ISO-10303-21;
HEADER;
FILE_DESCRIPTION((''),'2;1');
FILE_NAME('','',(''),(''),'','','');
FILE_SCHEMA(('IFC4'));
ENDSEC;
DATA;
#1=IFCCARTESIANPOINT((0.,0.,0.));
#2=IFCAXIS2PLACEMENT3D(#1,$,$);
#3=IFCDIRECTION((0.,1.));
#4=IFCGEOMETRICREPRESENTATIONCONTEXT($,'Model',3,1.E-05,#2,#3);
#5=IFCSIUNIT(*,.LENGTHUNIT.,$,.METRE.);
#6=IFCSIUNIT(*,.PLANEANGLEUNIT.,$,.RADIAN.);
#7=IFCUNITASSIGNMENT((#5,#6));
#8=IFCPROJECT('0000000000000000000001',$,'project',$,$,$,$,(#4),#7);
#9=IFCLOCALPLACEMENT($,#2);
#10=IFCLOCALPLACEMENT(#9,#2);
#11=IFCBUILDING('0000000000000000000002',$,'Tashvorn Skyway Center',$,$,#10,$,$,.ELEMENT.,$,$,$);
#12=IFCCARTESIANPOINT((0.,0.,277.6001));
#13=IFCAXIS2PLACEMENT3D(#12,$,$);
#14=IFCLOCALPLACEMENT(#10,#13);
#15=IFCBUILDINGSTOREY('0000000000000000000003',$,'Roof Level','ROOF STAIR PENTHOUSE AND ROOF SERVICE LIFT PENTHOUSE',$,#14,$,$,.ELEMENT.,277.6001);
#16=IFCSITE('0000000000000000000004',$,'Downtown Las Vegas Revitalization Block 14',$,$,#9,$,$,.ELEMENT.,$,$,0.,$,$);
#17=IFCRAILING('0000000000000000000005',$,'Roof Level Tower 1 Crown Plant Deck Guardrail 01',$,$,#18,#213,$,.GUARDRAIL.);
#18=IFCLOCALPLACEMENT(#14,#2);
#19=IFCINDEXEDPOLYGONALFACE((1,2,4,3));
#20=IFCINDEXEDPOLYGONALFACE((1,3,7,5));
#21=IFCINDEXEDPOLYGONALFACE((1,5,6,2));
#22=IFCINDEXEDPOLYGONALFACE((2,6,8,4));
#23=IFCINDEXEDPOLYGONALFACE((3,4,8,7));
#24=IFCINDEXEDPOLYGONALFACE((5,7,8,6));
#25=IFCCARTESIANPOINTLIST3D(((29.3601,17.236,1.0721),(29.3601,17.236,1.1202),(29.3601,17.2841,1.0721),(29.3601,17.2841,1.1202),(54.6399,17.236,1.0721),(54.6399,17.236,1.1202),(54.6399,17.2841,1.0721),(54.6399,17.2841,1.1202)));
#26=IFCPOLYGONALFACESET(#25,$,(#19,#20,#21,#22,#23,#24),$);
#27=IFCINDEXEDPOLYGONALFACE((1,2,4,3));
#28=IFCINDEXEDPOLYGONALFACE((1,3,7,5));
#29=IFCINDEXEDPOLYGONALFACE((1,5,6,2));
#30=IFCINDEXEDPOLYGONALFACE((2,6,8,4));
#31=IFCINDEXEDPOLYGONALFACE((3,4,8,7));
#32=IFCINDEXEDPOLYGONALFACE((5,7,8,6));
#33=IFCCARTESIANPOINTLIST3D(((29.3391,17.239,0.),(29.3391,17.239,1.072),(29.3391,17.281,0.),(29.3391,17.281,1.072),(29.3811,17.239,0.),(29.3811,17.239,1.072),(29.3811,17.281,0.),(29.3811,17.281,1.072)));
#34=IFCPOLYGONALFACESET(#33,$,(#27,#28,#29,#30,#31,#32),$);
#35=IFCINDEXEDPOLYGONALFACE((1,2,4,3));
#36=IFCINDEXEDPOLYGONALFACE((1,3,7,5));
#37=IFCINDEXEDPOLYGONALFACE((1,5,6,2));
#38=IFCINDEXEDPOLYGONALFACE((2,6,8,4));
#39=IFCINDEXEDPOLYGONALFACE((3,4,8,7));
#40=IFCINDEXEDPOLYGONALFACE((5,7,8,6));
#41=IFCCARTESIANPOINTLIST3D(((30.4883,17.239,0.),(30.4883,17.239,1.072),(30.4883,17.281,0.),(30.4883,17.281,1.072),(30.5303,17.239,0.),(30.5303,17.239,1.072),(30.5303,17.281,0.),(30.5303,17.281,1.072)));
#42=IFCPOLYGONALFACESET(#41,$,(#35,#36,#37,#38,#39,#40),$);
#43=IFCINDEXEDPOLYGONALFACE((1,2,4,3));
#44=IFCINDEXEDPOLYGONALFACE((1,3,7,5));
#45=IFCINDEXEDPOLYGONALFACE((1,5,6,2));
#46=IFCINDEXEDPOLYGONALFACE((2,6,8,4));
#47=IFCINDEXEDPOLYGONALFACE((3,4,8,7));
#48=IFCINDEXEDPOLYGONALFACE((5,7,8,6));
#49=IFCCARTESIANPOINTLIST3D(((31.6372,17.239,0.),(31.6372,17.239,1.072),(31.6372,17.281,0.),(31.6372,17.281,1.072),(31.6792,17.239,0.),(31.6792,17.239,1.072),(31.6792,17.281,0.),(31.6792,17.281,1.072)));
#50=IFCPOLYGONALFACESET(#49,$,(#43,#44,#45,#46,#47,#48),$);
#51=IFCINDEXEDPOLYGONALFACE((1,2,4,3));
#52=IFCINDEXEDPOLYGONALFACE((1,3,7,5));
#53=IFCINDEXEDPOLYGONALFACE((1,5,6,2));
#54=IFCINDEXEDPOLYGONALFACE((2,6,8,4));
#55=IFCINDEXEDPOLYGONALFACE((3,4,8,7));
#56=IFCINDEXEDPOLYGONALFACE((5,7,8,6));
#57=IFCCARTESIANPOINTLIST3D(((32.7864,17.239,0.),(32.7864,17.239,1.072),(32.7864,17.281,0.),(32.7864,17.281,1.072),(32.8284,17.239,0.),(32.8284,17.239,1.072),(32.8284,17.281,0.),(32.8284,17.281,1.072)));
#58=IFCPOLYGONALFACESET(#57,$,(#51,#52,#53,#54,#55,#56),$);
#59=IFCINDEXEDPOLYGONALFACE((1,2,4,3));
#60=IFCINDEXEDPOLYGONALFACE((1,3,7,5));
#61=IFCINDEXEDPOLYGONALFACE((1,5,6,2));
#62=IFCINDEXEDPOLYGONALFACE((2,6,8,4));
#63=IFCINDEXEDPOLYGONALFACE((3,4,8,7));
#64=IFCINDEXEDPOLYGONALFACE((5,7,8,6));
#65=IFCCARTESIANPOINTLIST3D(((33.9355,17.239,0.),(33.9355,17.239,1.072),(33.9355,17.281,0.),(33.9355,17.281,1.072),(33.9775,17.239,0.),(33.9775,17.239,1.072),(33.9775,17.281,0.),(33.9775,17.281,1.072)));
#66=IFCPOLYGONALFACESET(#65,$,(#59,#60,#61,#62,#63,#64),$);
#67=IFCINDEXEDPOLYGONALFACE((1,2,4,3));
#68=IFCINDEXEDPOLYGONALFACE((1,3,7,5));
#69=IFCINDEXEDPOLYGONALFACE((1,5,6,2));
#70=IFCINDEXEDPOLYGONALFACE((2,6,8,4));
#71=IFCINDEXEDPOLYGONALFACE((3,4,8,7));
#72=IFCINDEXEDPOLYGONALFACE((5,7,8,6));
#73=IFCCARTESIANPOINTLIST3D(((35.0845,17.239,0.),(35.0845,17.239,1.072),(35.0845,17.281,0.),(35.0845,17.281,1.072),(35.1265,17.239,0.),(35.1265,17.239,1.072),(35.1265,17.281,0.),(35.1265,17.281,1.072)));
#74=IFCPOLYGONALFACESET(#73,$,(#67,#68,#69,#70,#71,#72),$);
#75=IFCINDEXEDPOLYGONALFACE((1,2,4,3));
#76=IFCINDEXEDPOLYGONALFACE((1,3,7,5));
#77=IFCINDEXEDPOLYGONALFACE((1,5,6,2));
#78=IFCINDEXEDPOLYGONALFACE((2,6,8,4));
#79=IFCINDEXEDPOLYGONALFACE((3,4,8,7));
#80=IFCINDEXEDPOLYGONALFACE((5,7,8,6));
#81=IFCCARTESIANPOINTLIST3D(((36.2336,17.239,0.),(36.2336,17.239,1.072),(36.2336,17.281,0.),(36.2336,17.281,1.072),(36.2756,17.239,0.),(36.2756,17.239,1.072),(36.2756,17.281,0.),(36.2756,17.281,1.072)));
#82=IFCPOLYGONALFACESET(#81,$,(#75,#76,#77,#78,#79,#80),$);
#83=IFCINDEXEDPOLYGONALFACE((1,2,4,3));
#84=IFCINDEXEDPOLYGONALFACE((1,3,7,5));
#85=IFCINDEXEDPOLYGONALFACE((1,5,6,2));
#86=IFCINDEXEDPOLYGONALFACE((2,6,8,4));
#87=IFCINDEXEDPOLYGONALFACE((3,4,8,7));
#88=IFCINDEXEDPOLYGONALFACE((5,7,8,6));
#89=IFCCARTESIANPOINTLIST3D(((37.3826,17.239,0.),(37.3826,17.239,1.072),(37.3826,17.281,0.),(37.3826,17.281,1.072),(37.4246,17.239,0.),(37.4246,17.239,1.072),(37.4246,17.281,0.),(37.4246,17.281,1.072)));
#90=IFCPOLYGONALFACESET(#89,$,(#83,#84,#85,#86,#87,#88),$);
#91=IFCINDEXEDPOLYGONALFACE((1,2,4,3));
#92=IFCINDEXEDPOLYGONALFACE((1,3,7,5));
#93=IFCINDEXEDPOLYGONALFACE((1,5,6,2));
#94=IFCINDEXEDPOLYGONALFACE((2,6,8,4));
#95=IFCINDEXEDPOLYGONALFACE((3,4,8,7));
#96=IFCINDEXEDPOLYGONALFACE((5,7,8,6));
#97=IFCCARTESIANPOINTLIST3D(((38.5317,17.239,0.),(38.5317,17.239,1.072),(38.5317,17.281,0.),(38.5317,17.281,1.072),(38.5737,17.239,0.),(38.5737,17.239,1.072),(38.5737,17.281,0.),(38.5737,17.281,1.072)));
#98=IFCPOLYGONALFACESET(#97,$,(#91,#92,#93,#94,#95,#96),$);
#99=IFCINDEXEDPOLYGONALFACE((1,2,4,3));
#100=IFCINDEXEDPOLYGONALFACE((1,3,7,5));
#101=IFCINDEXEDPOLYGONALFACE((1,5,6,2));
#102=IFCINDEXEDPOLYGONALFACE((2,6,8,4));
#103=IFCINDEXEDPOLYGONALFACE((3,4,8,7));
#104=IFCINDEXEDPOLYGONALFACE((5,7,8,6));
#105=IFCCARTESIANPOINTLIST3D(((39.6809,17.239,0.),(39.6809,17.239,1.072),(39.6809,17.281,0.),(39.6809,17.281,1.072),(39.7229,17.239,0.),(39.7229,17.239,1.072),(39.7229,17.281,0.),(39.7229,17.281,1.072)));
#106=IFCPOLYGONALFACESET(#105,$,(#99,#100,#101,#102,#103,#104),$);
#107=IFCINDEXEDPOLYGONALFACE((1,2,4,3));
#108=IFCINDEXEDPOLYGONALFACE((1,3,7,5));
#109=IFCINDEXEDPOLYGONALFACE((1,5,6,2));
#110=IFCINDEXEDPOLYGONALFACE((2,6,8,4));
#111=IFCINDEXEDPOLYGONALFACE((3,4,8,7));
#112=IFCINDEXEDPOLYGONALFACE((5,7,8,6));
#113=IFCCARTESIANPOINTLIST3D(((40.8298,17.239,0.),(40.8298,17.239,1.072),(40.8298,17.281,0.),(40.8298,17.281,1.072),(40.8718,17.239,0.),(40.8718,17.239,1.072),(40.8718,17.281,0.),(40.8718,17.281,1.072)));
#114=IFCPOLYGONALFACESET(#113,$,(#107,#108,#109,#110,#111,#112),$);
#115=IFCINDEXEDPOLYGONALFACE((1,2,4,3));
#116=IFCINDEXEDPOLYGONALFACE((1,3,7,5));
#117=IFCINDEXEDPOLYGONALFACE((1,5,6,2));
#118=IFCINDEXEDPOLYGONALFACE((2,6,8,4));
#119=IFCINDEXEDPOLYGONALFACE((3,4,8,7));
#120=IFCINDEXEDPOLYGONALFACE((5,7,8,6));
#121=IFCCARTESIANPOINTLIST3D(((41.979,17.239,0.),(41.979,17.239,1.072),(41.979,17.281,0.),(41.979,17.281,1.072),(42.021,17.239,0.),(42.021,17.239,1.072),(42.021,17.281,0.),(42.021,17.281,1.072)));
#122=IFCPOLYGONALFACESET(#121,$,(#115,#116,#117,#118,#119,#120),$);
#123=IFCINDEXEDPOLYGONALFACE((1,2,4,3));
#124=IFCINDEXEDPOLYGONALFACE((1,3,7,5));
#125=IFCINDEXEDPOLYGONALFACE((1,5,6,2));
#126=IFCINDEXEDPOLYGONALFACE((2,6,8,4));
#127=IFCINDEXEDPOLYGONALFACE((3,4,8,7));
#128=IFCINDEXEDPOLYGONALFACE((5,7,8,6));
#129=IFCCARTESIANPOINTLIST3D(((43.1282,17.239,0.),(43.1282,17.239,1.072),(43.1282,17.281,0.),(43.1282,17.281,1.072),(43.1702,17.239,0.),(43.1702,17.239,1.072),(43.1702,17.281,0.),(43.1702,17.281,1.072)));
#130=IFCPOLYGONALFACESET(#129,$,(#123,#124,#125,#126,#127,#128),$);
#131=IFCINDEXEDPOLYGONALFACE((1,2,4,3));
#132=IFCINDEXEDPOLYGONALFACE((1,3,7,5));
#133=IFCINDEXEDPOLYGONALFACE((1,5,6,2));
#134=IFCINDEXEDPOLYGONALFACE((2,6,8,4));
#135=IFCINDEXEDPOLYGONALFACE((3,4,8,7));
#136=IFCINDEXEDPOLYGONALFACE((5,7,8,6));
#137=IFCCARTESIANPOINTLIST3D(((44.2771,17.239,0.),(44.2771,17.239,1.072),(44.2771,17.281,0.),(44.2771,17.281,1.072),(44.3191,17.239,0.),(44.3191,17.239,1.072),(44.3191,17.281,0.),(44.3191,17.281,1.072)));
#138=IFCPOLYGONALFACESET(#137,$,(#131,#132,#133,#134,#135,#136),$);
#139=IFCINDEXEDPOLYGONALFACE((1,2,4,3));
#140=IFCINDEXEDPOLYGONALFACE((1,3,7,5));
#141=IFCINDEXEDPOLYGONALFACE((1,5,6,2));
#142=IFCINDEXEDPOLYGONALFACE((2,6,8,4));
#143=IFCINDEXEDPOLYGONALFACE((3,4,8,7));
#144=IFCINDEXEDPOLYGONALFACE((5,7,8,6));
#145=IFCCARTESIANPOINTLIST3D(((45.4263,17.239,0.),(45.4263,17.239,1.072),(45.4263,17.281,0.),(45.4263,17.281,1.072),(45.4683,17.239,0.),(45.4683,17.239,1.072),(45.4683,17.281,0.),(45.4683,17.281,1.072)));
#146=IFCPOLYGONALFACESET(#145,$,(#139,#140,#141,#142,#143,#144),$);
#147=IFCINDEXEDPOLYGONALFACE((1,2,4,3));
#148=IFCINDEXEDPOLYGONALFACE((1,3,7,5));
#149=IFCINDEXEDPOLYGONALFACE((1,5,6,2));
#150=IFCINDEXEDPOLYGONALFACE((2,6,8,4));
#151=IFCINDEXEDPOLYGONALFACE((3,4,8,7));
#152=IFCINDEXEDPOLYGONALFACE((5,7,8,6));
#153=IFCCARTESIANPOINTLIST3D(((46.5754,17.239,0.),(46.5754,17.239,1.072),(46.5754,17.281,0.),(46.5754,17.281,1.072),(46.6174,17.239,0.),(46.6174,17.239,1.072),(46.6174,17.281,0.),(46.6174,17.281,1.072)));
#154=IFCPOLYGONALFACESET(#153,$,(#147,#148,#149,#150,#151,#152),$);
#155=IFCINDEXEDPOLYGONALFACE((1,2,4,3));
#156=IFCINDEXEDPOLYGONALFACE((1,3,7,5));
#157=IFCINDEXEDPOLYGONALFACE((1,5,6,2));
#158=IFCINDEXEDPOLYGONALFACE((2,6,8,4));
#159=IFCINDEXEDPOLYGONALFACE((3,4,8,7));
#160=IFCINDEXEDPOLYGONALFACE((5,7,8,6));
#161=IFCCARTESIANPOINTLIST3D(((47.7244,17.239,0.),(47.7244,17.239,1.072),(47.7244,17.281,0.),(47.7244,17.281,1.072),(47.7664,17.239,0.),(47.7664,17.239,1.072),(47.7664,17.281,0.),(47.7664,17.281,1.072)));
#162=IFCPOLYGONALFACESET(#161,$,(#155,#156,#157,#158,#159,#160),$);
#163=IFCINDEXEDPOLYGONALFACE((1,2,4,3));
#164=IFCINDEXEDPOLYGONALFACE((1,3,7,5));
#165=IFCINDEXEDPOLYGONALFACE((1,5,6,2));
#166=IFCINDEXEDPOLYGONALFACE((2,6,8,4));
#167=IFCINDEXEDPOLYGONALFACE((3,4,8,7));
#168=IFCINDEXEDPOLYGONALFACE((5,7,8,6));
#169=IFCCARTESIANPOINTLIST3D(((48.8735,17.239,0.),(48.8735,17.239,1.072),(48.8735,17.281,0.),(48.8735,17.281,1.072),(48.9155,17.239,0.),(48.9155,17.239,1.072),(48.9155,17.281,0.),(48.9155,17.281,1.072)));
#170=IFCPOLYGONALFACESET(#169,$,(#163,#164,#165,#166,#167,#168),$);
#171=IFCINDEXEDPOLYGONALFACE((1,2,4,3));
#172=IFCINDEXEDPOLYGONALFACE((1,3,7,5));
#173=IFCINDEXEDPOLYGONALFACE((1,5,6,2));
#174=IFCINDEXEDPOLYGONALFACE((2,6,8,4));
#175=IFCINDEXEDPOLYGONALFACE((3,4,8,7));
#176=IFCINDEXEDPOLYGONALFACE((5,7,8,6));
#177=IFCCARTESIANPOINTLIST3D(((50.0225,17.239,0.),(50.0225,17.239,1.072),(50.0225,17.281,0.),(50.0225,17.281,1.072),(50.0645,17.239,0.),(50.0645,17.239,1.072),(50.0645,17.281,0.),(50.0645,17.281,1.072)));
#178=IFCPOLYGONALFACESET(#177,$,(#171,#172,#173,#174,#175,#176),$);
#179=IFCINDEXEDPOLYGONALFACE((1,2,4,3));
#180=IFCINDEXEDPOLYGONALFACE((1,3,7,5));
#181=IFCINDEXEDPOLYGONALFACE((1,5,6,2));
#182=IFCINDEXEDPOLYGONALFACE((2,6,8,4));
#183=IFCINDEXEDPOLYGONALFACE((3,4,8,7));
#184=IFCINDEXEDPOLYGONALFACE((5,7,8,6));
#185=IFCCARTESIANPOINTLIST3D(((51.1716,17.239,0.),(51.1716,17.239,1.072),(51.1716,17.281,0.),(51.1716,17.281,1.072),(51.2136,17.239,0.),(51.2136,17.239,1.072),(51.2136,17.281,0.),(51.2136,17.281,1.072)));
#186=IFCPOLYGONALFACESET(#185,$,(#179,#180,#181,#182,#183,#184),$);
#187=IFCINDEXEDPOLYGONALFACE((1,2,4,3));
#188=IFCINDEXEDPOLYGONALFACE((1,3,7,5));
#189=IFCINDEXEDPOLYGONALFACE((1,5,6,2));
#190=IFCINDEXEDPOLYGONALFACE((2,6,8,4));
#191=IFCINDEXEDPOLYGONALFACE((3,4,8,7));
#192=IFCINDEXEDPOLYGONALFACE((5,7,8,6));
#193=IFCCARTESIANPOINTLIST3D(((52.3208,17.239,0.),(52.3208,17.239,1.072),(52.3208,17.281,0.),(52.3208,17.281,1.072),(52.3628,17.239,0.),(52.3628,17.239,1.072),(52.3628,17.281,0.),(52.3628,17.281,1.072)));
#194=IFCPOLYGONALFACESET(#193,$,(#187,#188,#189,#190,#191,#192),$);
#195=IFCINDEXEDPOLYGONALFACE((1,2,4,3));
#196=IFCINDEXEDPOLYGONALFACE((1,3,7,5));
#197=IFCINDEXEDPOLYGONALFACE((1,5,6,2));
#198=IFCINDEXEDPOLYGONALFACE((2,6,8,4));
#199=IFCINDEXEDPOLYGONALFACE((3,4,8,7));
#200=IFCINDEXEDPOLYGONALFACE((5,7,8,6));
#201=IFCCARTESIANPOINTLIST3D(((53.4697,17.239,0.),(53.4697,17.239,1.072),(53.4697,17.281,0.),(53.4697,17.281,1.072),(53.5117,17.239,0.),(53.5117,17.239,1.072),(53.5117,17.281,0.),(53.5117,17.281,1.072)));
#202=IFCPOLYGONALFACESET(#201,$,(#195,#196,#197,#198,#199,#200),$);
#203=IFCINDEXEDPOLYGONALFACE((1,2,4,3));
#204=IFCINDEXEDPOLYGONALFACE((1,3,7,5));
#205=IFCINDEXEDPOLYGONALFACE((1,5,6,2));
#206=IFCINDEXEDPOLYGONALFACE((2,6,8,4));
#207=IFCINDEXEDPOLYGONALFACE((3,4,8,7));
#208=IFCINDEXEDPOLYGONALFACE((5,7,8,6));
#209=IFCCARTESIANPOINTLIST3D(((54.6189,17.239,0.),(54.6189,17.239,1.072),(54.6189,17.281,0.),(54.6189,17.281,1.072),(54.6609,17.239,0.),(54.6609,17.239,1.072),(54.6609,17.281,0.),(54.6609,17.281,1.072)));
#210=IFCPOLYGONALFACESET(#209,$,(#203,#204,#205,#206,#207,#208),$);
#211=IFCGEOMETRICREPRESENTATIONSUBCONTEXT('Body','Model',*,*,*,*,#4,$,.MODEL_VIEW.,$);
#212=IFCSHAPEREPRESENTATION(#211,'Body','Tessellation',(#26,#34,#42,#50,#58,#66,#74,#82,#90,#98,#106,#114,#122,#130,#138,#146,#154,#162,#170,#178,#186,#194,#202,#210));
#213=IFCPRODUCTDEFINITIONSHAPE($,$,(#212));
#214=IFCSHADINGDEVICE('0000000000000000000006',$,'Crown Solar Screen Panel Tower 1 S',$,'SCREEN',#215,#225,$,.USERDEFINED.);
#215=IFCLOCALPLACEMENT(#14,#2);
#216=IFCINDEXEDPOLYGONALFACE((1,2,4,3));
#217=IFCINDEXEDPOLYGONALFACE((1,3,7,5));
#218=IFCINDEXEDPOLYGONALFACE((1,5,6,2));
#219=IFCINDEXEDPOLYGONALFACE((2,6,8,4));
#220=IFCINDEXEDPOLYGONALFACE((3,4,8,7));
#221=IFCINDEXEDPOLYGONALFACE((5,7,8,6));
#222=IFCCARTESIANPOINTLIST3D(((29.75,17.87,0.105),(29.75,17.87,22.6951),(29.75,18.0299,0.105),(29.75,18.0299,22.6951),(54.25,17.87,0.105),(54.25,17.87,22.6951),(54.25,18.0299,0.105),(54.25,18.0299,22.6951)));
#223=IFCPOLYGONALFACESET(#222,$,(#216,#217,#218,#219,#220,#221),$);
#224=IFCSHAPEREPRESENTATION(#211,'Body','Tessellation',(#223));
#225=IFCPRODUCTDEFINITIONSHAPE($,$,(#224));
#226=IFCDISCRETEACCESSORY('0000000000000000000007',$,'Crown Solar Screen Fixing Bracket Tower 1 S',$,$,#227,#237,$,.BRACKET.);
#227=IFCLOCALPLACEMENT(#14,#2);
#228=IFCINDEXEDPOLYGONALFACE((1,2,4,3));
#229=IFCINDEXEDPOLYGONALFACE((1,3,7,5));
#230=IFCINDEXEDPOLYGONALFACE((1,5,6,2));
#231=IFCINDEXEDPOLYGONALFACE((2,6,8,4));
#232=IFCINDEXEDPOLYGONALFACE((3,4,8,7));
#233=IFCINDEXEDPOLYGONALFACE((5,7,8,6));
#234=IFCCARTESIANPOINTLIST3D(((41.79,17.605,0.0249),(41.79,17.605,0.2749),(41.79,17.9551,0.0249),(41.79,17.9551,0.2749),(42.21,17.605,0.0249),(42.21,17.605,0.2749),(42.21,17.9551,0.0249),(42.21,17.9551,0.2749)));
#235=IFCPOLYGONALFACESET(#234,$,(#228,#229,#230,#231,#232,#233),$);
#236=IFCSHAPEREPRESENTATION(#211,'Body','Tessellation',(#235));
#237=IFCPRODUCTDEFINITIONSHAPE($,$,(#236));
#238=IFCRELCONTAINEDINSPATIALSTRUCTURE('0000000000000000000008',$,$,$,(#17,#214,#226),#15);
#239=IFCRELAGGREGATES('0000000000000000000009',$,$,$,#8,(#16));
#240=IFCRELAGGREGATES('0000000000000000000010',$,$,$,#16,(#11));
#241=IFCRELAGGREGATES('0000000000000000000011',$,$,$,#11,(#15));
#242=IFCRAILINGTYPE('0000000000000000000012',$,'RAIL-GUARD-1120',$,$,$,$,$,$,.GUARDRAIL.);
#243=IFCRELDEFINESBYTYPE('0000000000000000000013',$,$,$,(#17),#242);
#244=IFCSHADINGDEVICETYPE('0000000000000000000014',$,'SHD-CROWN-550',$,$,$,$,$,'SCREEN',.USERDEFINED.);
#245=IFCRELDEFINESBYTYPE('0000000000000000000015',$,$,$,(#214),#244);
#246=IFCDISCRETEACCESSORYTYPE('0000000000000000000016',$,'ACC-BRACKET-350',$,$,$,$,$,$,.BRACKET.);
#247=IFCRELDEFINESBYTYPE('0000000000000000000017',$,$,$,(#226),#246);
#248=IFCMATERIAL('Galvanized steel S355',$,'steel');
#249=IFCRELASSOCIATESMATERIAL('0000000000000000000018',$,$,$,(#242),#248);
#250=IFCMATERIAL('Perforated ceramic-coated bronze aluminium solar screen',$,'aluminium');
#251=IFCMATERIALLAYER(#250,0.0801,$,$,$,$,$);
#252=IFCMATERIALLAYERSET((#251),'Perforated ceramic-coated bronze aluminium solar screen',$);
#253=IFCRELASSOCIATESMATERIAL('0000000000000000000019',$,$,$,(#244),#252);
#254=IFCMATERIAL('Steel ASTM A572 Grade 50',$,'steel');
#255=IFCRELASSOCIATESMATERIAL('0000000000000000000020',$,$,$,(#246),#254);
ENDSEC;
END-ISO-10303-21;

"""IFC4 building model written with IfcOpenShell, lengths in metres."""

from ifc_helpers import new_model, si_unit, direction, frame, origin, origin_2d, place, context, subcontext, project, spatial, rectangle, extrude, material, layer, layer_set, type_object, element, save


model = new_model("IFC4")

# Units and contexts
model_context = context("Model", 3, precision=1e-05, world=origin(), true_north=direction((0.0, 1.0)))
body_context = subcontext(model_context, "Body", "Model", "MODEL_VIEW")
ifc_project = project(units=[si_unit("LENGTHUNIT", "METRE"), si_unit("PLANEANGLEUNIT", "RADIAN")], contexts=[model_context])

# Site, building, storey
site_placement = place(None, origin())
site = spatial("IfcSite", under=ifc_project, at=site_placement, Name="Downtown Las Vegas Revitalization Block 14", CompositionType="ELEMENT", RefElevation=0.0)
building_placement = place(site_placement, origin())
building = spatial("IfcBuilding", under=site, at=building_placement, Name="Tashvorn Skyway Center", CompositionType="ELEMENT")
storey_placement = place(building_placement, frame((0.0, 0.0, 277.6001)))
storey = spatial("IfcBuildingStorey", under=building, at=storey_placement, Name="Roof Level", Description="ROOF STAIR PENTHOUSE AND ROOF SERVICE LIFT PENTHOUSE", CompositionType="ELEMENT", Elevation=277.6001)

# Shared definitions
ifc_material_1 = material(Name="Steel ASTM A572 Grade 50", Category="steel")

# Shared definitions
ifc_material_2 = material(Name="Perforated ceramic-coated bronze aluminium solar screen", Category="aluminium")

# Railing
ifc_material_3 = material(Name="Galvanized steel S355", Category="steel")
railing_type = type_object("IfcRailingType", Name="RAIL-GUARD-1120", PredefinedType="GUARDRAIL", material=ifc_material_3)
railing_placement = place(storey_placement, frame((29.3601, 17.26, 0.0)))
element("IfcRailing", 1, at=railing_placement, inside=storey, type_object=railing_type, Name="Roof Level Tower 1 Crown Plant Deck Guardrail 01", PredefinedType="GUARDRAIL", context=body_context, shape_type="SweptSolid", body=[
    extrude(rectangle(XDim=0.0481, YDim=0.0481, at=origin_2d()), frame((0.0, 0.0, 1.0962), z_axis=(1.0, 0.0, 0.0), x_axis=(0.0, 1.0, 0.0)), (0.0, 0.0, 1.0), 25.2798),
    extrude(rectangle(XDim=0.042, YDim=0.042, at=origin_2d()), origin(), (0.0, 0.0, 1.0), 1.072),
    extrude(rectangle(XDim=0.042, YDim=0.042, at=origin_2d()), frame((1.1492, 0.0, 0.0)), (0.0, 0.0, 1.0), 1.072),
    extrude(rectangle(XDim=0.042, YDim=0.042, at=origin_2d()), frame((2.2981, 0.0, 0.0)), (0.0, 0.0, 1.0), 1.072),
    extrude(rectangle(XDim=0.042, YDim=0.042, at=origin_2d()), frame((3.4473, 0.0, 0.0)), (0.0, 0.0, 1.0), 1.072),
    extrude(rectangle(XDim=0.042, YDim=0.042, at=origin_2d()), frame((4.5964, 0.0, 0.0)), (0.0, 0.0, 1.0), 1.072),
    extrude(rectangle(XDim=0.042, YDim=0.042, at=origin_2d()), frame((5.7454, 0.0, 0.0)), (0.0, 0.0, 1.0), 1.072),
    extrude(rectangle(XDim=0.042, YDim=0.042, at=origin_2d()), frame((6.8945, 0.0, 0.0)), (0.0, 0.0, 1.0), 1.072),
    extrude(rectangle(XDim=0.042, YDim=0.042, at=origin_2d()), frame((8.0435, 0.0, 0.0)), (0.0, 0.0, 1.0), 1.072),
    extrude(rectangle(XDim=0.042, YDim=0.042, at=origin_2d()), frame((9.1926, 0.0, 0.0)), (0.0, 0.0, 1.0), 1.072),
    extrude(rectangle(XDim=0.042, YDim=0.042, at=origin_2d()), frame((10.3418, 0.0, 0.0)), (0.0, 0.0, 1.0), 1.072),
    extrude(rectangle(XDim=0.042, YDim=0.042, at=origin_2d()), frame((11.4907, 0.0, 0.0)), (0.0, 0.0, 1.0), 1.072),
    extrude(rectangle(XDim=0.042, YDim=0.042, at=origin_2d()), frame((12.6399, 0.0, 0.0)), (0.0, 0.0, 1.0), 1.072),
    extrude(rectangle(XDim=0.042, YDim=0.042, at=origin_2d()), frame((13.7891, 0.0, 0.0)), (0.0, 0.0, 1.0), 1.072),
    extrude(rectangle(XDim=0.042, YDim=0.042, at=origin_2d()), frame((14.938, 0.0, 0.0)), (0.0, 0.0, 1.0), 1.072),
    extrude(rectangle(XDim=0.042, YDim=0.042, at=origin_2d()), frame((16.0872, 0.0, 0.0)), (0.0, 0.0, 1.0), 1.072),
    extrude(rectangle(XDim=0.042, YDim=0.042, at=origin_2d()), frame((17.2363, 0.0, 0.0)), (0.0, 0.0, 1.0), 1.072),
    extrude(rectangle(XDim=0.042, YDim=0.042, at=origin_2d()), frame((18.3853, 0.0, 0.0)), (0.0, 0.0, 1.0), 1.072),
    extrude(rectangle(XDim=0.042, YDim=0.042, at=origin_2d()), frame((19.5344, 0.0, 0.0)), (0.0, 0.0, 1.0), 1.072),
    extrude(rectangle(XDim=0.042, YDim=0.042, at=origin_2d()), frame((20.6833, 0.0, 0.0)), (0.0, 0.0, 1.0), 1.072),
    extrude(rectangle(XDim=0.042, YDim=0.042, at=origin_2d()), frame((21.8325, 0.0, 0.0)), (0.0, 0.0, 1.0), 1.072),
    extrude(rectangle(XDim=0.042, YDim=0.042, at=origin_2d()), frame((22.9817, 0.0, 0.0)), (0.0, 0.0, 1.0), 1.072),
    extrude(rectangle(XDim=0.042, YDim=0.042, at=origin_2d()), frame((24.1306, 0.0, 0.0)), (0.0, 0.0, 1.0), 1.072),
    extrude(rectangle(XDim=0.042, YDim=0.042, at=origin_2d()), frame((25.2798, 0.0, 0.0)), (0.0, 0.0, 1.0), 1.072),
])

# Shading device
ifc_layer_1 = layer(ifc_material_2, 0.0801)
ifc_layer_set_1 = layer_set([ifc_layer_1], Name="Perforated ceramic-coated bronze aluminium solar screen")
shading_device_type = type_object("IfcShadingDeviceType", Name="SHD-CROWN-550", ElementType="SCREEN", PredefinedType="USERDEFINED", material=ifc_layer_set_1)
shading_device_placement = place(storey_placement, frame((42.0, 17.95, 0.105), z_axis=(0.0, 0.0, 1.0), x_axis=(1.0, 0.0, 0.0)))
element("IfcShadingDevice", 2, at=shading_device_placement, inside=storey, type_object=shading_device_type, Name="Crown Solar Screen Panel Tower 1 S", ObjectType="SCREEN", PredefinedType="USERDEFINED", context=body_context, shape_type="SweptSolid", body=[
    extrude(rectangle(XDim=24.5, YDim=0.1599, at=origin_2d()), origin(), (0.0, 0.0, 1.0), 22.5901),
])

# Discrete accessory
discrete_accessory_type = type_object("IfcDiscreteAccessoryType", Name="ACC-BRACKET-350", PredefinedType="BRACKET", material=ifc_material_1)
discrete_accessory_placement = place(storey_placement, frame((42.0, 17.78, 0.0249), z_axis=(0.0, 0.0, 1.0), x_axis=(1.0, 0.0, 0.0)))
element("IfcDiscreteAccessory", 3, at=discrete_accessory_placement, inside=storey, type_object=discrete_accessory_type, Name="Crown Solar Screen Fixing Bracket Tower 1 S", PredefinedType="BRACKET", context=body_context, shape_type="SweptSolid", body=[
    extrude(rectangle(XDim=0.4199, YDim=0.3501, at=origin_2d()), origin(), (0.0, 0.0, 1.0), 0.25),
])

save(model, "model.ifc")
